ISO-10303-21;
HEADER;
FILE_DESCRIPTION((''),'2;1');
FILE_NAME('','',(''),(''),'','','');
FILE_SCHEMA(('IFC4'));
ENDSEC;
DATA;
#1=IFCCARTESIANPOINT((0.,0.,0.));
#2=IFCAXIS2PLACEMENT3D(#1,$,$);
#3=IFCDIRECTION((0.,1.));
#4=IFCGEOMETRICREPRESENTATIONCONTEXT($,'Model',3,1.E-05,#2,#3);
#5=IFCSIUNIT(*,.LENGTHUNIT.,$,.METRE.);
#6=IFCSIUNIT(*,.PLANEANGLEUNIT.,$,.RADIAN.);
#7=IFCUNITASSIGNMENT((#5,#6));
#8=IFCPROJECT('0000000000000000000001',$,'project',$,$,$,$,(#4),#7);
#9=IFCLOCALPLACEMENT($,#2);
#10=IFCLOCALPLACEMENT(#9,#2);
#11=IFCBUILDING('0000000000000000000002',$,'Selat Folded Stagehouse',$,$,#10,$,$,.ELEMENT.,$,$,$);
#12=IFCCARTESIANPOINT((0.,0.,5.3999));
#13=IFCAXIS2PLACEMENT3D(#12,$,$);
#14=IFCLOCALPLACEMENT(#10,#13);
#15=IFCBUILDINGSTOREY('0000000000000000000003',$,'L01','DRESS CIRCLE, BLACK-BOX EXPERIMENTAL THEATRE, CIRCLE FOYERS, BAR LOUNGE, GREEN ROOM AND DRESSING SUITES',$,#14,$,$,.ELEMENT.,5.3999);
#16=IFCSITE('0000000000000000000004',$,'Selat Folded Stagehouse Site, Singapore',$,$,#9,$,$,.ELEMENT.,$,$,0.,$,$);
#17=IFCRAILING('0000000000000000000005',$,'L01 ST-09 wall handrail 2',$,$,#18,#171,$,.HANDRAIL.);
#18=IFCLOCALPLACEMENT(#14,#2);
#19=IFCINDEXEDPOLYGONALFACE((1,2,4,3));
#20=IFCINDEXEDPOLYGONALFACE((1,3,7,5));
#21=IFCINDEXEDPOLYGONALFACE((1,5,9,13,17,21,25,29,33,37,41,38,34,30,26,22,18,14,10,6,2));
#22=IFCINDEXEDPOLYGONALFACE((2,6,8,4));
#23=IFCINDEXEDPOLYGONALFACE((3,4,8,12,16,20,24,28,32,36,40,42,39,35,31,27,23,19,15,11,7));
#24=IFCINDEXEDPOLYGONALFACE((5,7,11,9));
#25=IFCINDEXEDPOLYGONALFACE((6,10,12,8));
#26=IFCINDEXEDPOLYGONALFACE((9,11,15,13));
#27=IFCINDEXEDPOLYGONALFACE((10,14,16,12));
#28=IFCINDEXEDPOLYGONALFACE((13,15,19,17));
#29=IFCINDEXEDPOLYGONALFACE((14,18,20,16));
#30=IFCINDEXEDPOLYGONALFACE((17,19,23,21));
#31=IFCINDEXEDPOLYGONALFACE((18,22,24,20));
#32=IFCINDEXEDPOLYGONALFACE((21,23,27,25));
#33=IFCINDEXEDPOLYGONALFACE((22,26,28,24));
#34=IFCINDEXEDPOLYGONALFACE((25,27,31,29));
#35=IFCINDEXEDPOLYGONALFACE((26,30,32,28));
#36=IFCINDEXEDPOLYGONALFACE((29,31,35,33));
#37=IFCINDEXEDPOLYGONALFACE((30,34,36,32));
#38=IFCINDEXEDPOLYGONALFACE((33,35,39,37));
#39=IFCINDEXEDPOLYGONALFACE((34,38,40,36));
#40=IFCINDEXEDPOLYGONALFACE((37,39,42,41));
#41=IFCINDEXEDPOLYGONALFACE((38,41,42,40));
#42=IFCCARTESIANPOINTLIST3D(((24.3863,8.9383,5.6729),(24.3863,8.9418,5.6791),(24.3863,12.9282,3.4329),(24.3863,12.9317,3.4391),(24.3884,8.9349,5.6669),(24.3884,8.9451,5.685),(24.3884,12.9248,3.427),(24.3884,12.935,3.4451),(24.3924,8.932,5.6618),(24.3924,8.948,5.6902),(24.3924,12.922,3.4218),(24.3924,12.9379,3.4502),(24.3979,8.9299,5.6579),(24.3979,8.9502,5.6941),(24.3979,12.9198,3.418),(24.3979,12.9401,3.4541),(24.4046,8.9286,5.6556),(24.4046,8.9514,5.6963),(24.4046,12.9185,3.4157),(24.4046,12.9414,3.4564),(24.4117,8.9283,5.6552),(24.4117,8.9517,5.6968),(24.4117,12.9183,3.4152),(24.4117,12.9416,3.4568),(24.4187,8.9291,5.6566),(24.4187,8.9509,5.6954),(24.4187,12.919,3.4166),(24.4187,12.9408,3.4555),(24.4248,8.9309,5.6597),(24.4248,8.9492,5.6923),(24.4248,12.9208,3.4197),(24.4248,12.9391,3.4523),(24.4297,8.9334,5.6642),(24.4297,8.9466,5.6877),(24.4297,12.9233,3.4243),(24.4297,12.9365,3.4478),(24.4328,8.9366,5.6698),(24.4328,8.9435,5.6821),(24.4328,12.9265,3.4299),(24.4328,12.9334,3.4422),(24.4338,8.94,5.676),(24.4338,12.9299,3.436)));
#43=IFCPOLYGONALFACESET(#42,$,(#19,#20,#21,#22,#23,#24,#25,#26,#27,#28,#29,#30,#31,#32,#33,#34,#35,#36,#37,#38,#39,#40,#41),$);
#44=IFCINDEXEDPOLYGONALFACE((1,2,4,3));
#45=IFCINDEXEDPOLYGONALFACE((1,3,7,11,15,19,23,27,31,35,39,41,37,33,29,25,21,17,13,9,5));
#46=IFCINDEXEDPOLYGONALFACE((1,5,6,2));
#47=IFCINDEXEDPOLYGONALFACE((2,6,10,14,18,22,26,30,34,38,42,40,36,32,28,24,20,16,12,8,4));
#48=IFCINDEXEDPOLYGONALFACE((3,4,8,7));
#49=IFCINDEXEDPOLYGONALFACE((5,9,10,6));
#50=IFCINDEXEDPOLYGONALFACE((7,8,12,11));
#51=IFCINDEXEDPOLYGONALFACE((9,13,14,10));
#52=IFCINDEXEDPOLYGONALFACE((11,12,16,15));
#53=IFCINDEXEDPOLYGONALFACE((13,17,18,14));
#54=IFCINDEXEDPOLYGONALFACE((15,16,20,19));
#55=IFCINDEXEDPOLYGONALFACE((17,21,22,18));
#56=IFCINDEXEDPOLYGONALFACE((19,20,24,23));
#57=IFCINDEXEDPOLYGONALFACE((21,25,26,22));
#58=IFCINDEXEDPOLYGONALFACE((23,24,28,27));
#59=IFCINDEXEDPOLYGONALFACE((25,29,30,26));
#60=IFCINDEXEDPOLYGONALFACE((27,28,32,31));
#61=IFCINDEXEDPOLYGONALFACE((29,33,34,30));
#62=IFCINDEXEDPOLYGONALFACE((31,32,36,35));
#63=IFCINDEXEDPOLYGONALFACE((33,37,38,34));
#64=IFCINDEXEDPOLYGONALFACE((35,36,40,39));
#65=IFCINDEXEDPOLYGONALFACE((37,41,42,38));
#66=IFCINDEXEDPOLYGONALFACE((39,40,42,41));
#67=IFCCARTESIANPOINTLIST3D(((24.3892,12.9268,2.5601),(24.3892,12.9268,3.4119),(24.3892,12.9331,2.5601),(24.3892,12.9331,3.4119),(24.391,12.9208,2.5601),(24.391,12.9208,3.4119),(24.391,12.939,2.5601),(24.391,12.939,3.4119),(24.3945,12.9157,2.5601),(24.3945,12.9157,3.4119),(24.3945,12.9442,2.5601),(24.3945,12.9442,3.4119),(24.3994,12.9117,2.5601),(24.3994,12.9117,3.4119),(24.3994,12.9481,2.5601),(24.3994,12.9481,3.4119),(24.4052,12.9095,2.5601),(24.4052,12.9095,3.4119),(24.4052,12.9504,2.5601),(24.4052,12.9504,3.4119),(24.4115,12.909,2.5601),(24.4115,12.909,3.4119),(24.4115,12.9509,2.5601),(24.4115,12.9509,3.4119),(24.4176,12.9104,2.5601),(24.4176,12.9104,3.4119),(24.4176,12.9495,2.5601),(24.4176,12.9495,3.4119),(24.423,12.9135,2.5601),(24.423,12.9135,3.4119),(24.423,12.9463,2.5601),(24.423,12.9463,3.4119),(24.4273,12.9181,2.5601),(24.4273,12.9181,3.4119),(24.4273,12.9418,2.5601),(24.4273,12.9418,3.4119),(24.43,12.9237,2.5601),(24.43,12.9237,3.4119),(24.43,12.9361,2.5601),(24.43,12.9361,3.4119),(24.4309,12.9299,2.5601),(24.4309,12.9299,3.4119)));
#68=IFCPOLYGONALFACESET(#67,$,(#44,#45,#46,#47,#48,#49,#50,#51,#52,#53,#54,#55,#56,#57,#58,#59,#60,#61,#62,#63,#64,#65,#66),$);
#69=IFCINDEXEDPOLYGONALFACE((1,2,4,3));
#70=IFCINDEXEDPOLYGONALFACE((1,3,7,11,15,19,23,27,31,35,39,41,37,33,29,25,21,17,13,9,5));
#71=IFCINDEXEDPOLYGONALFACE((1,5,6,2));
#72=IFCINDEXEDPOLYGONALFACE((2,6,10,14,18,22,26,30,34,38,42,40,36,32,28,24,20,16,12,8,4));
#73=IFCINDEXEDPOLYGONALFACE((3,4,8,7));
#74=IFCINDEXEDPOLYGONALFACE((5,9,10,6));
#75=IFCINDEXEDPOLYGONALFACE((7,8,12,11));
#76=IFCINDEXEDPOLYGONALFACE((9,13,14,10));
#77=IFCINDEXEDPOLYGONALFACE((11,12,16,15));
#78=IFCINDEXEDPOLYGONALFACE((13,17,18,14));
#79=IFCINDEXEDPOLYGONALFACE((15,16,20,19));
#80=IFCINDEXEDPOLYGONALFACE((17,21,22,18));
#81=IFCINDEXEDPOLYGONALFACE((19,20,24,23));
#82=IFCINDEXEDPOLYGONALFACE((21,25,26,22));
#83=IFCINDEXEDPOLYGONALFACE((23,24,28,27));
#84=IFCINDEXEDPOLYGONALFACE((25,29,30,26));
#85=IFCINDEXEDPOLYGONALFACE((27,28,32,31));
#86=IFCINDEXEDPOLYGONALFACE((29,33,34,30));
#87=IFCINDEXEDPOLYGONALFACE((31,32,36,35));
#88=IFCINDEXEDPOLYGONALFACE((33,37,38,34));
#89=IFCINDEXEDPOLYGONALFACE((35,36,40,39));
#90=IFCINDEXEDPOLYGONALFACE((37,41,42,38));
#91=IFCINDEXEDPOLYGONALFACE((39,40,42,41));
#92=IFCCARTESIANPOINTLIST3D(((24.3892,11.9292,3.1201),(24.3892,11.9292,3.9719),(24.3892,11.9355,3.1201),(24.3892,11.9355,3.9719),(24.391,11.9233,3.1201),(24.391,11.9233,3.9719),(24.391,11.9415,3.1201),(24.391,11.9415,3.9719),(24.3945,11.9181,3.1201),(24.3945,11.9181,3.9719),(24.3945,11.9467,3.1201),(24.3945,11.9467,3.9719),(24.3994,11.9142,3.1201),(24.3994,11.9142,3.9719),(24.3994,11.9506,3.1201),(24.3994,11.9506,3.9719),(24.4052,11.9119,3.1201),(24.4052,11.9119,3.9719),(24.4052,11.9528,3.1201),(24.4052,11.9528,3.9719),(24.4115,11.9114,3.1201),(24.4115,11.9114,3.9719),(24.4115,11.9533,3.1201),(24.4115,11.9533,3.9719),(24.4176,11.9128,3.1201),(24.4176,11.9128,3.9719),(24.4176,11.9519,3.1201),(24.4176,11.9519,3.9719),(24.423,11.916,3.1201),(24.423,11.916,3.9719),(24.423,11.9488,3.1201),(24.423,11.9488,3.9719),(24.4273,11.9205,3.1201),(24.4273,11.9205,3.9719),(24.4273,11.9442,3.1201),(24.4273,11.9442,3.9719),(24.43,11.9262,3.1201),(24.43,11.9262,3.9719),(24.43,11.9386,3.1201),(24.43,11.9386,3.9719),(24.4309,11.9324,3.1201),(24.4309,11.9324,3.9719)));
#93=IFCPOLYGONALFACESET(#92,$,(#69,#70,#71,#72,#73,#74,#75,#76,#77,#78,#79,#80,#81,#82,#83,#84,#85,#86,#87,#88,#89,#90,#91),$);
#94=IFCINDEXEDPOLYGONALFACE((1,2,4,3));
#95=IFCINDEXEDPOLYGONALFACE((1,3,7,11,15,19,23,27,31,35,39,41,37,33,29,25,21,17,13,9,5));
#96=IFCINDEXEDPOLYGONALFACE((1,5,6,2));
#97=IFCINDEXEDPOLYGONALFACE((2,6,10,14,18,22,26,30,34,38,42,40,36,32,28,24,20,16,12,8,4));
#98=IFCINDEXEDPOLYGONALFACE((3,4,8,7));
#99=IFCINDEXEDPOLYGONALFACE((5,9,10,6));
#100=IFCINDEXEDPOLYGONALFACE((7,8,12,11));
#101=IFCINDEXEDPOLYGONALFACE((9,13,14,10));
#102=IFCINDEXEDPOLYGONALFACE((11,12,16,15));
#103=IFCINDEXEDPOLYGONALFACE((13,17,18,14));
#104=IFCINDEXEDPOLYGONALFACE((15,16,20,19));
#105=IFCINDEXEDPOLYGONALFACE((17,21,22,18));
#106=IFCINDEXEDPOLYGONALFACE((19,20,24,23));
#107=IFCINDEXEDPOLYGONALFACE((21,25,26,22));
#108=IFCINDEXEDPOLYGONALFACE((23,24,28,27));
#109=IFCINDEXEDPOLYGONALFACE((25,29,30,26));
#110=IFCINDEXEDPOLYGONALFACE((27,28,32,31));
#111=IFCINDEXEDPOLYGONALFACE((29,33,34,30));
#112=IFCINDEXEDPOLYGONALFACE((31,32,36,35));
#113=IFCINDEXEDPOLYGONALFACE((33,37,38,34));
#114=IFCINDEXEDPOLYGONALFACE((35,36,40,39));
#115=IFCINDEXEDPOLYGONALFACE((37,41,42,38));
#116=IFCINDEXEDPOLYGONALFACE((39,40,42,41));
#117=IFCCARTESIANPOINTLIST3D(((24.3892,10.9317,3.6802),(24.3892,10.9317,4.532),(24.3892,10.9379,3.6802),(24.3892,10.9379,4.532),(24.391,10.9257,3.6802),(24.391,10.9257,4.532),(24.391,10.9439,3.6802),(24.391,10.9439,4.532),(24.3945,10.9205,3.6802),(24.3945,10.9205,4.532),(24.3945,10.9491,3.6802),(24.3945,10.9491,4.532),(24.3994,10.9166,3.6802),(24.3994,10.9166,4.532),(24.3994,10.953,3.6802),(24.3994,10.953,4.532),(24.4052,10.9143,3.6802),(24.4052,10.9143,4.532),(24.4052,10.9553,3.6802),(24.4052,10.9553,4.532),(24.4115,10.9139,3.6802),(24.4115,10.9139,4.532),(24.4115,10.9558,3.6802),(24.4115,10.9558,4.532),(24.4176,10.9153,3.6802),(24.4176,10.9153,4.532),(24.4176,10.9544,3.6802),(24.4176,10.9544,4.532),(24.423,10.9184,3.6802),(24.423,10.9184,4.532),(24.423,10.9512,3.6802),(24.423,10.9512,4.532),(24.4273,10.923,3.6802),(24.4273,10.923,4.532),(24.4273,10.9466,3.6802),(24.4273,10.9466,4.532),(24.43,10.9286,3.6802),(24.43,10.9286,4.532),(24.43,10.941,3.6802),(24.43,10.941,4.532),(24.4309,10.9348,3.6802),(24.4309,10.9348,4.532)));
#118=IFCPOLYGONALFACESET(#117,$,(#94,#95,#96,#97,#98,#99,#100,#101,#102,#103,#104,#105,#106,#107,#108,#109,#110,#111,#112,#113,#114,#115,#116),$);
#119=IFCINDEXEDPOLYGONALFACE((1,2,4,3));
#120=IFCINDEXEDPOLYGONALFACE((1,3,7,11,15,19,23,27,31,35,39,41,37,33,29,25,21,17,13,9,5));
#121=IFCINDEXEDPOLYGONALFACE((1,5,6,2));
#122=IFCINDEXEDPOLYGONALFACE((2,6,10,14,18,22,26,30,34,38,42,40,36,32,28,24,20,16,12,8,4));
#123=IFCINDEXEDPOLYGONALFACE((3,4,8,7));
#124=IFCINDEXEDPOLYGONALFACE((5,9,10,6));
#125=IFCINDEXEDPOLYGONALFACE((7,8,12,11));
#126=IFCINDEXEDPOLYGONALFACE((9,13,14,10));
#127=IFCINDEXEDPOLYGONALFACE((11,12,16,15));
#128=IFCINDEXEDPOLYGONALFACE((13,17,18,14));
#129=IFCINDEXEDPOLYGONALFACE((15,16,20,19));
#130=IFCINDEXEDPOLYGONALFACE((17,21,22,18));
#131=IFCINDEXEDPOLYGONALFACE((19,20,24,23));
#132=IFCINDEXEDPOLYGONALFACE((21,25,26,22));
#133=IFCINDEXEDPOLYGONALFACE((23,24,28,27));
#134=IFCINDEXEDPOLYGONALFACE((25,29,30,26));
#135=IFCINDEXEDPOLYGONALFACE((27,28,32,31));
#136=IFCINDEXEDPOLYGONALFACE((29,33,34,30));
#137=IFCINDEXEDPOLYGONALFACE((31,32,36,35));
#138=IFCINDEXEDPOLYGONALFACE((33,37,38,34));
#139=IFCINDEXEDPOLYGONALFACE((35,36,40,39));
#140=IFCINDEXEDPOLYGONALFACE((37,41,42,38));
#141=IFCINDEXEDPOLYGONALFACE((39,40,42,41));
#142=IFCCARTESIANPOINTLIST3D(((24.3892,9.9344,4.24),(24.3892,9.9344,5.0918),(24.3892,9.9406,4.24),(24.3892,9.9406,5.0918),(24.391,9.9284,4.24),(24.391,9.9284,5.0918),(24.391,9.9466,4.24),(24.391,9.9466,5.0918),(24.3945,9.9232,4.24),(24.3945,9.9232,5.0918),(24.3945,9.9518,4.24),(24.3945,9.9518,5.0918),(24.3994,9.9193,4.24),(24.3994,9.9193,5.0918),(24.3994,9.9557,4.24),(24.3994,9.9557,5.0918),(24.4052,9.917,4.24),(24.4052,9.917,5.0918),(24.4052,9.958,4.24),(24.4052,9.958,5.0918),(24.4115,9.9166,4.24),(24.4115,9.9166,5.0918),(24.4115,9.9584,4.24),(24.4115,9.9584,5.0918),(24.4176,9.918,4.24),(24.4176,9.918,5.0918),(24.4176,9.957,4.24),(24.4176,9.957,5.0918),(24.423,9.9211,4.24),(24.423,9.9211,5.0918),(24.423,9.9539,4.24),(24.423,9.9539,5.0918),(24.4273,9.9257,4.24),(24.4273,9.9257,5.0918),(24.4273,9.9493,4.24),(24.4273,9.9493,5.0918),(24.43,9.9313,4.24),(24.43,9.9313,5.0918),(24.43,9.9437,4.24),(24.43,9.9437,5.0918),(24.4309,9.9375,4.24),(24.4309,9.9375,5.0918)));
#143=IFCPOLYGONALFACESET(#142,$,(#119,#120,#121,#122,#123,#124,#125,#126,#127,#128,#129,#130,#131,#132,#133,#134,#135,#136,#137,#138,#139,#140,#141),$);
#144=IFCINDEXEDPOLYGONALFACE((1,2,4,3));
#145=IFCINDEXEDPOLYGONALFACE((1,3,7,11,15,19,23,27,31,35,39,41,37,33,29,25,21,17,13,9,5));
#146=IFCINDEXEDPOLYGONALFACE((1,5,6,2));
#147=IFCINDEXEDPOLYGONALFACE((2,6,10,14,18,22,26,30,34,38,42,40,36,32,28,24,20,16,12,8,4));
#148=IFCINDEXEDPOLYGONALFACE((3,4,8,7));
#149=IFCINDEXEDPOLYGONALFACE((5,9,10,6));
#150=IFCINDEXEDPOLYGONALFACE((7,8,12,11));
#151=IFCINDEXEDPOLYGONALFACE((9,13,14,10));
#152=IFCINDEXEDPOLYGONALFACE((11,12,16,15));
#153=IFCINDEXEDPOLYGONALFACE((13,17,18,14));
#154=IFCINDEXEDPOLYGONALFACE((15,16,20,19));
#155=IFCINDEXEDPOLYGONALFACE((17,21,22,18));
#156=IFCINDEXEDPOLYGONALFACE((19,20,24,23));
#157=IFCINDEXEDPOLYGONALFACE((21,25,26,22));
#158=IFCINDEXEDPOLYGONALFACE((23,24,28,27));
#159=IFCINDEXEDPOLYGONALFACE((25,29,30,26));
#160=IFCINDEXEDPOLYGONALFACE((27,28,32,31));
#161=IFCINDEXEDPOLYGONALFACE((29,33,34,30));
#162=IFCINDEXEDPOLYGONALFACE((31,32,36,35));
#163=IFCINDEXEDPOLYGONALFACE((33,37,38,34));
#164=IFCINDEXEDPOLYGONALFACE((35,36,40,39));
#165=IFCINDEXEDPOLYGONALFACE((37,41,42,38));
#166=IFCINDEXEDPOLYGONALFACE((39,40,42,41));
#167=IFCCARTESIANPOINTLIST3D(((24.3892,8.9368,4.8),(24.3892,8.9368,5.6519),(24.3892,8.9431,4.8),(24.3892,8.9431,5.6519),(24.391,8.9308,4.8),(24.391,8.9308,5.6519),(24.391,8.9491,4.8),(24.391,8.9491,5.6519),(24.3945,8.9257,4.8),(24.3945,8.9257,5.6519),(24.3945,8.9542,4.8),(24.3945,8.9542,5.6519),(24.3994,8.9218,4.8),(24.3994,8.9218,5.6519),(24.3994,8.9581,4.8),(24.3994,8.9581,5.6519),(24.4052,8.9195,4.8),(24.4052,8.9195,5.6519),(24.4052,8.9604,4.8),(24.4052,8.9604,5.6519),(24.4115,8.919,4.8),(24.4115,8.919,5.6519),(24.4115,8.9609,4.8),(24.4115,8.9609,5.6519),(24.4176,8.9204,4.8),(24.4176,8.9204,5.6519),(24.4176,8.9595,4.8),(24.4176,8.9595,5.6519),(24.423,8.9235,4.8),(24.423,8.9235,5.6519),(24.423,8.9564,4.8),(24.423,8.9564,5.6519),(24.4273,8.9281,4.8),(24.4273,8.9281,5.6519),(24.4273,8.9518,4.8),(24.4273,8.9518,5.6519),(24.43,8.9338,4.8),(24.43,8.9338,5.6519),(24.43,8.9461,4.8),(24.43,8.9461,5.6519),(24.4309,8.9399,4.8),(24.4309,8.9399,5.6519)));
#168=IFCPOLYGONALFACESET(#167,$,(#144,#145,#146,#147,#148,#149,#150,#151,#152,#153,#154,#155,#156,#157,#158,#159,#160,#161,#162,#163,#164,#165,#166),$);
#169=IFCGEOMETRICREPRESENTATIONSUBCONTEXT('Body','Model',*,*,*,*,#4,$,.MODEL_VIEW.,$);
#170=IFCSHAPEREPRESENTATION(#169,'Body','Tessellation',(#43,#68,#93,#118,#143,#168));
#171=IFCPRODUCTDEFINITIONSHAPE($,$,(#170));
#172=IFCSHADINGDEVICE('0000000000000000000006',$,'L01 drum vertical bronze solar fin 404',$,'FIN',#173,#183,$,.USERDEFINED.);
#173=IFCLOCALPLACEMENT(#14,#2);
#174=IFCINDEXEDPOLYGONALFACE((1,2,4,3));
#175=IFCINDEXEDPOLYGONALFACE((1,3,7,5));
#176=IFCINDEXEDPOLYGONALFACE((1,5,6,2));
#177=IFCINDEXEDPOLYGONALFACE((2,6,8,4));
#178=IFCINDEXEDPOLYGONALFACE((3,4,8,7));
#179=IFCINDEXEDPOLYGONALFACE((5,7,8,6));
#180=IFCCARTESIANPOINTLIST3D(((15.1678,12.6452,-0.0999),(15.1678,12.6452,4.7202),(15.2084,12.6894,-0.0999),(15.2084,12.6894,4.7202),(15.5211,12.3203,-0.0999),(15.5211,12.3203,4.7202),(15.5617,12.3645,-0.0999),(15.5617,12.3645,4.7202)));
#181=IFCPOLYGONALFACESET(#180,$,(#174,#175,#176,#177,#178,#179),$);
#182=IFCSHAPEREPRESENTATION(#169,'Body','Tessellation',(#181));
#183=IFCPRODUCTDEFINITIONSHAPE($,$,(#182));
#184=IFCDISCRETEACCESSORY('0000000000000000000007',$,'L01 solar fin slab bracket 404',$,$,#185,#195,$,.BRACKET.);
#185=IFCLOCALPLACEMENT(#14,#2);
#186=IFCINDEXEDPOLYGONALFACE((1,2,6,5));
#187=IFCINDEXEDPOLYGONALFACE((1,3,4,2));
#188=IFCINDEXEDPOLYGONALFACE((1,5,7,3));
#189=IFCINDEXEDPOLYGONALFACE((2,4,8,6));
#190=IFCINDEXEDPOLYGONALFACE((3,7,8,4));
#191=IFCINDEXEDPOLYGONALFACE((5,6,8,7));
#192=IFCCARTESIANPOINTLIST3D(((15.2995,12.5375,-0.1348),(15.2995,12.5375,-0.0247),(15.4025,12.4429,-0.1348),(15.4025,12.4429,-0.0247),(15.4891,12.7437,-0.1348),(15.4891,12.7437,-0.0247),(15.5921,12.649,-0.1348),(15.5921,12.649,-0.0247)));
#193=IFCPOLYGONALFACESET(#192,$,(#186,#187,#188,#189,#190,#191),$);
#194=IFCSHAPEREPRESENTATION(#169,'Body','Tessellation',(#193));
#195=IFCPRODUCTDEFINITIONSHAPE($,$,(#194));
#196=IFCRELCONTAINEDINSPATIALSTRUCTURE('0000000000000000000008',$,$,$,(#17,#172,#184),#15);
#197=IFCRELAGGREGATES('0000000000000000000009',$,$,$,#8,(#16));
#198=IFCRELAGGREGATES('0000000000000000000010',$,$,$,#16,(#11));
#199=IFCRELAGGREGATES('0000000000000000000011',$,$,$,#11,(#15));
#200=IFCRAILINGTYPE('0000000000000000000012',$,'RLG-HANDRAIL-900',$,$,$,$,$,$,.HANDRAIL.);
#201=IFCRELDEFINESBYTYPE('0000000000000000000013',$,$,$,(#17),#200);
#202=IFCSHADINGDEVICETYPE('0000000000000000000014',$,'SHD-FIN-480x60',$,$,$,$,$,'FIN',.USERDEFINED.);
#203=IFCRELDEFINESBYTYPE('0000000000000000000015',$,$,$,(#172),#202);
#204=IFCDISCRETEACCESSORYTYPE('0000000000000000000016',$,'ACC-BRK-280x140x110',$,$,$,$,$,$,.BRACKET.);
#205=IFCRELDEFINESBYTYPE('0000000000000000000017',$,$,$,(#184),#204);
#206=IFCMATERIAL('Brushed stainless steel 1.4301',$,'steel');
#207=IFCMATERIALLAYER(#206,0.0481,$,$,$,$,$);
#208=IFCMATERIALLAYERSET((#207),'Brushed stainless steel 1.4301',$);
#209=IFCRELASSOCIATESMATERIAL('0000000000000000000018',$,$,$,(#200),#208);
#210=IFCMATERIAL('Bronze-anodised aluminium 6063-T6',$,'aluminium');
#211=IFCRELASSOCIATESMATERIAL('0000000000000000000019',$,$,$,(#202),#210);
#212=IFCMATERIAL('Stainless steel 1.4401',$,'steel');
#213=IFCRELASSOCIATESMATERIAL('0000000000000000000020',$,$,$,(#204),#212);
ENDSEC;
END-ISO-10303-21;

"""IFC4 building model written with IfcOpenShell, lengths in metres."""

from ifc_helpers import new_model, si_unit, direction, frame, origin, origin_2d, place, context, subcontext, project, spatial, rectangle, circle, extrude, material, layer, layer_set, material_profile, profile_set, type_object, element, save


model = new_model("IFC4")

# Units and contexts
model_context = context("Model", 3, precision=1e-05, world=origin(), true_north=direction((0.0, 1.0)))
body_context = subcontext(model_context, "Body", "Model", "MODEL_VIEW")
ifc_project = project(units=[si_unit("LENGTHUNIT", "METRE"), si_unit("PLANEANGLEUNIT", "RADIAN")], contexts=[model_context])

# Site, building, storey
site_placement = place(None, origin())
site = spatial("IfcSite", under=ifc_project, at=site_placement, Name="Selat Folded Stagehouse Site, Singapore", CompositionType="ELEMENT", RefElevation=0.0)
building_placement = place(site_placement, origin())
building = spatial("IfcBuilding", under=site, at=building_placement, Name="Selat Folded Stagehouse", CompositionType="ELEMENT")
storey_placement = place(building_placement, frame((0.0, 0.0, 5.3999)))
storey = spatial("IfcBuildingStorey", under=building, at=storey_placement, Name="L01", Description="DRESS CIRCLE, BLACK-BOX EXPERIMENTAL THEATRE, CIRCLE FOYERS, BAR LOUNGE, GREEN ROOM AND DRESSING SUITES", CompositionType="ELEMENT", Elevation=5.3999)

# Railing
ifc_material_1 = material(Name="Brushed stainless steel 1.4301", Category="steel")
ifc_layer_1 = layer(ifc_material_1, 0.0481)
ifc_layer_set_1 = layer_set([ifc_layer_1], Name="Brushed stainless steel 1.4301")
railing_type_1 = type_object("IfcRailingType", Name="RLG-HANDRAIL-900", PredefinedType="HANDRAIL", material=ifc_layer_set_1)
railing_placement = place(storey_placement, frame((24.4099, 12.9299, 2.5601)))
element("IfcRailing", 1, at=railing_placement, inside=storey, type_object=railing_type_1, Name="L01 ST-09 wall handrail 2", PredefinedType="HANDRAIL", context=body_context, shape_type="SweptSolid", body=[
    extrude(circle(Radius=0.0239, at=origin_2d()), frame((0.0, 0.0, 0.876), z_axis=(0.0, -0.871984, 0.489534), x_axis=(1.0, 0.0, 0.0)), (0.0, 0.0, 1.0), 4.5757),
    extrude(circle(Radius=0.021, at=origin_2d()), origin(), (0.0, 0.0, 1.0), 0.8518),
    extrude(circle(Radius=0.021, at=origin_2d()), frame((0.0, -0.9976, 0.5601)), (0.0, 0.0, 1.0), 0.8518),
    extrude(circle(Radius=0.021, at=origin_2d()), frame((0.0, -1.9951, 1.1201)), (0.0, 0.0, 1.0), 0.8518),
    extrude(circle(Radius=0.021, at=origin_2d()), frame((0.0, -2.9924, 1.6799)), (0.0, 0.0, 1.0), 0.8518),
    extrude(circle(Radius=0.021, at=origin_2d()), frame((0.0, -3.99, 2.24)), (0.0, 0.0, 1.0), 0.8518),
])

# Shading device
ifc_material_2 = material(Name="Bronze-anodised aluminium 6063-T6", Category="aluminium")
ifc_material_profile_1 = material_profile(ifc_material_2, rectangle(XDim=0.0601, YDim=0.48, at=origin_2d()), Name="SOLAR-FIN 480x60")
ifc_profile_set_1 = profile_set([ifc_material_profile_1], Name="Bronze-anodised aluminium 6063-T6")
shading_device_type = type_object("IfcShadingDeviceType", Name="SHD-FIN-480x60", ElementType="FIN", PredefinedType="USERDEFINED", material=ifc_profile_set_1)
shading_device_placement = place(storey_placement, frame((15.3647, 12.5049, -0.0999), z_axis=(0.0, 0.0, 1.0), x_axis=(-0.676876, -0.736097, 0.0)))
element("IfcShadingDevice", 2, at=shading_device_placement, inside=storey, type_object=shading_device_type, Name="L01 drum vertical bronze solar fin 404", ObjectType="FIN", PredefinedType="USERDEFINED", context=body_context, shape_type="SweptSolid", body=[
    extrude(rectangle(XDim=0.0601, YDim=0.48, at=origin_2d()), origin(), (0.0, 0.0, 1.0), 4.8201),
])

# Discrete accessory
ifc_material_3 = material(Name="Stainless steel 1.4401", Category="steel")
discrete_accessory_type = type_object("IfcDiscreteAccessoryType", Name="ACC-BRK-280x140x110", PredefinedType="BRACKET", material=ifc_material_3)
discrete_accessory_placement = place(storey_placement, frame((15.4458, 12.5933, -0.1348), z_axis=(0.0, 0.0, 1.0), x_axis=(-0.676876, -0.736097, 0.0)))
element("IfcDiscreteAccessory", 3, at=discrete_accessory_placement, inside=storey, type_object=discrete_accessory_type, Name="L01 solar fin slab bracket 404", PredefinedType="BRACKET", context=body_context, shape_type="SweptSolid", body=[
    extrude(rectangle(XDim=0.28, YDim=0.1399, at=origin_2d()), origin(), (0.0, 0.0, 1.0), 0.1101),
])

save(model, "model.ifc")
